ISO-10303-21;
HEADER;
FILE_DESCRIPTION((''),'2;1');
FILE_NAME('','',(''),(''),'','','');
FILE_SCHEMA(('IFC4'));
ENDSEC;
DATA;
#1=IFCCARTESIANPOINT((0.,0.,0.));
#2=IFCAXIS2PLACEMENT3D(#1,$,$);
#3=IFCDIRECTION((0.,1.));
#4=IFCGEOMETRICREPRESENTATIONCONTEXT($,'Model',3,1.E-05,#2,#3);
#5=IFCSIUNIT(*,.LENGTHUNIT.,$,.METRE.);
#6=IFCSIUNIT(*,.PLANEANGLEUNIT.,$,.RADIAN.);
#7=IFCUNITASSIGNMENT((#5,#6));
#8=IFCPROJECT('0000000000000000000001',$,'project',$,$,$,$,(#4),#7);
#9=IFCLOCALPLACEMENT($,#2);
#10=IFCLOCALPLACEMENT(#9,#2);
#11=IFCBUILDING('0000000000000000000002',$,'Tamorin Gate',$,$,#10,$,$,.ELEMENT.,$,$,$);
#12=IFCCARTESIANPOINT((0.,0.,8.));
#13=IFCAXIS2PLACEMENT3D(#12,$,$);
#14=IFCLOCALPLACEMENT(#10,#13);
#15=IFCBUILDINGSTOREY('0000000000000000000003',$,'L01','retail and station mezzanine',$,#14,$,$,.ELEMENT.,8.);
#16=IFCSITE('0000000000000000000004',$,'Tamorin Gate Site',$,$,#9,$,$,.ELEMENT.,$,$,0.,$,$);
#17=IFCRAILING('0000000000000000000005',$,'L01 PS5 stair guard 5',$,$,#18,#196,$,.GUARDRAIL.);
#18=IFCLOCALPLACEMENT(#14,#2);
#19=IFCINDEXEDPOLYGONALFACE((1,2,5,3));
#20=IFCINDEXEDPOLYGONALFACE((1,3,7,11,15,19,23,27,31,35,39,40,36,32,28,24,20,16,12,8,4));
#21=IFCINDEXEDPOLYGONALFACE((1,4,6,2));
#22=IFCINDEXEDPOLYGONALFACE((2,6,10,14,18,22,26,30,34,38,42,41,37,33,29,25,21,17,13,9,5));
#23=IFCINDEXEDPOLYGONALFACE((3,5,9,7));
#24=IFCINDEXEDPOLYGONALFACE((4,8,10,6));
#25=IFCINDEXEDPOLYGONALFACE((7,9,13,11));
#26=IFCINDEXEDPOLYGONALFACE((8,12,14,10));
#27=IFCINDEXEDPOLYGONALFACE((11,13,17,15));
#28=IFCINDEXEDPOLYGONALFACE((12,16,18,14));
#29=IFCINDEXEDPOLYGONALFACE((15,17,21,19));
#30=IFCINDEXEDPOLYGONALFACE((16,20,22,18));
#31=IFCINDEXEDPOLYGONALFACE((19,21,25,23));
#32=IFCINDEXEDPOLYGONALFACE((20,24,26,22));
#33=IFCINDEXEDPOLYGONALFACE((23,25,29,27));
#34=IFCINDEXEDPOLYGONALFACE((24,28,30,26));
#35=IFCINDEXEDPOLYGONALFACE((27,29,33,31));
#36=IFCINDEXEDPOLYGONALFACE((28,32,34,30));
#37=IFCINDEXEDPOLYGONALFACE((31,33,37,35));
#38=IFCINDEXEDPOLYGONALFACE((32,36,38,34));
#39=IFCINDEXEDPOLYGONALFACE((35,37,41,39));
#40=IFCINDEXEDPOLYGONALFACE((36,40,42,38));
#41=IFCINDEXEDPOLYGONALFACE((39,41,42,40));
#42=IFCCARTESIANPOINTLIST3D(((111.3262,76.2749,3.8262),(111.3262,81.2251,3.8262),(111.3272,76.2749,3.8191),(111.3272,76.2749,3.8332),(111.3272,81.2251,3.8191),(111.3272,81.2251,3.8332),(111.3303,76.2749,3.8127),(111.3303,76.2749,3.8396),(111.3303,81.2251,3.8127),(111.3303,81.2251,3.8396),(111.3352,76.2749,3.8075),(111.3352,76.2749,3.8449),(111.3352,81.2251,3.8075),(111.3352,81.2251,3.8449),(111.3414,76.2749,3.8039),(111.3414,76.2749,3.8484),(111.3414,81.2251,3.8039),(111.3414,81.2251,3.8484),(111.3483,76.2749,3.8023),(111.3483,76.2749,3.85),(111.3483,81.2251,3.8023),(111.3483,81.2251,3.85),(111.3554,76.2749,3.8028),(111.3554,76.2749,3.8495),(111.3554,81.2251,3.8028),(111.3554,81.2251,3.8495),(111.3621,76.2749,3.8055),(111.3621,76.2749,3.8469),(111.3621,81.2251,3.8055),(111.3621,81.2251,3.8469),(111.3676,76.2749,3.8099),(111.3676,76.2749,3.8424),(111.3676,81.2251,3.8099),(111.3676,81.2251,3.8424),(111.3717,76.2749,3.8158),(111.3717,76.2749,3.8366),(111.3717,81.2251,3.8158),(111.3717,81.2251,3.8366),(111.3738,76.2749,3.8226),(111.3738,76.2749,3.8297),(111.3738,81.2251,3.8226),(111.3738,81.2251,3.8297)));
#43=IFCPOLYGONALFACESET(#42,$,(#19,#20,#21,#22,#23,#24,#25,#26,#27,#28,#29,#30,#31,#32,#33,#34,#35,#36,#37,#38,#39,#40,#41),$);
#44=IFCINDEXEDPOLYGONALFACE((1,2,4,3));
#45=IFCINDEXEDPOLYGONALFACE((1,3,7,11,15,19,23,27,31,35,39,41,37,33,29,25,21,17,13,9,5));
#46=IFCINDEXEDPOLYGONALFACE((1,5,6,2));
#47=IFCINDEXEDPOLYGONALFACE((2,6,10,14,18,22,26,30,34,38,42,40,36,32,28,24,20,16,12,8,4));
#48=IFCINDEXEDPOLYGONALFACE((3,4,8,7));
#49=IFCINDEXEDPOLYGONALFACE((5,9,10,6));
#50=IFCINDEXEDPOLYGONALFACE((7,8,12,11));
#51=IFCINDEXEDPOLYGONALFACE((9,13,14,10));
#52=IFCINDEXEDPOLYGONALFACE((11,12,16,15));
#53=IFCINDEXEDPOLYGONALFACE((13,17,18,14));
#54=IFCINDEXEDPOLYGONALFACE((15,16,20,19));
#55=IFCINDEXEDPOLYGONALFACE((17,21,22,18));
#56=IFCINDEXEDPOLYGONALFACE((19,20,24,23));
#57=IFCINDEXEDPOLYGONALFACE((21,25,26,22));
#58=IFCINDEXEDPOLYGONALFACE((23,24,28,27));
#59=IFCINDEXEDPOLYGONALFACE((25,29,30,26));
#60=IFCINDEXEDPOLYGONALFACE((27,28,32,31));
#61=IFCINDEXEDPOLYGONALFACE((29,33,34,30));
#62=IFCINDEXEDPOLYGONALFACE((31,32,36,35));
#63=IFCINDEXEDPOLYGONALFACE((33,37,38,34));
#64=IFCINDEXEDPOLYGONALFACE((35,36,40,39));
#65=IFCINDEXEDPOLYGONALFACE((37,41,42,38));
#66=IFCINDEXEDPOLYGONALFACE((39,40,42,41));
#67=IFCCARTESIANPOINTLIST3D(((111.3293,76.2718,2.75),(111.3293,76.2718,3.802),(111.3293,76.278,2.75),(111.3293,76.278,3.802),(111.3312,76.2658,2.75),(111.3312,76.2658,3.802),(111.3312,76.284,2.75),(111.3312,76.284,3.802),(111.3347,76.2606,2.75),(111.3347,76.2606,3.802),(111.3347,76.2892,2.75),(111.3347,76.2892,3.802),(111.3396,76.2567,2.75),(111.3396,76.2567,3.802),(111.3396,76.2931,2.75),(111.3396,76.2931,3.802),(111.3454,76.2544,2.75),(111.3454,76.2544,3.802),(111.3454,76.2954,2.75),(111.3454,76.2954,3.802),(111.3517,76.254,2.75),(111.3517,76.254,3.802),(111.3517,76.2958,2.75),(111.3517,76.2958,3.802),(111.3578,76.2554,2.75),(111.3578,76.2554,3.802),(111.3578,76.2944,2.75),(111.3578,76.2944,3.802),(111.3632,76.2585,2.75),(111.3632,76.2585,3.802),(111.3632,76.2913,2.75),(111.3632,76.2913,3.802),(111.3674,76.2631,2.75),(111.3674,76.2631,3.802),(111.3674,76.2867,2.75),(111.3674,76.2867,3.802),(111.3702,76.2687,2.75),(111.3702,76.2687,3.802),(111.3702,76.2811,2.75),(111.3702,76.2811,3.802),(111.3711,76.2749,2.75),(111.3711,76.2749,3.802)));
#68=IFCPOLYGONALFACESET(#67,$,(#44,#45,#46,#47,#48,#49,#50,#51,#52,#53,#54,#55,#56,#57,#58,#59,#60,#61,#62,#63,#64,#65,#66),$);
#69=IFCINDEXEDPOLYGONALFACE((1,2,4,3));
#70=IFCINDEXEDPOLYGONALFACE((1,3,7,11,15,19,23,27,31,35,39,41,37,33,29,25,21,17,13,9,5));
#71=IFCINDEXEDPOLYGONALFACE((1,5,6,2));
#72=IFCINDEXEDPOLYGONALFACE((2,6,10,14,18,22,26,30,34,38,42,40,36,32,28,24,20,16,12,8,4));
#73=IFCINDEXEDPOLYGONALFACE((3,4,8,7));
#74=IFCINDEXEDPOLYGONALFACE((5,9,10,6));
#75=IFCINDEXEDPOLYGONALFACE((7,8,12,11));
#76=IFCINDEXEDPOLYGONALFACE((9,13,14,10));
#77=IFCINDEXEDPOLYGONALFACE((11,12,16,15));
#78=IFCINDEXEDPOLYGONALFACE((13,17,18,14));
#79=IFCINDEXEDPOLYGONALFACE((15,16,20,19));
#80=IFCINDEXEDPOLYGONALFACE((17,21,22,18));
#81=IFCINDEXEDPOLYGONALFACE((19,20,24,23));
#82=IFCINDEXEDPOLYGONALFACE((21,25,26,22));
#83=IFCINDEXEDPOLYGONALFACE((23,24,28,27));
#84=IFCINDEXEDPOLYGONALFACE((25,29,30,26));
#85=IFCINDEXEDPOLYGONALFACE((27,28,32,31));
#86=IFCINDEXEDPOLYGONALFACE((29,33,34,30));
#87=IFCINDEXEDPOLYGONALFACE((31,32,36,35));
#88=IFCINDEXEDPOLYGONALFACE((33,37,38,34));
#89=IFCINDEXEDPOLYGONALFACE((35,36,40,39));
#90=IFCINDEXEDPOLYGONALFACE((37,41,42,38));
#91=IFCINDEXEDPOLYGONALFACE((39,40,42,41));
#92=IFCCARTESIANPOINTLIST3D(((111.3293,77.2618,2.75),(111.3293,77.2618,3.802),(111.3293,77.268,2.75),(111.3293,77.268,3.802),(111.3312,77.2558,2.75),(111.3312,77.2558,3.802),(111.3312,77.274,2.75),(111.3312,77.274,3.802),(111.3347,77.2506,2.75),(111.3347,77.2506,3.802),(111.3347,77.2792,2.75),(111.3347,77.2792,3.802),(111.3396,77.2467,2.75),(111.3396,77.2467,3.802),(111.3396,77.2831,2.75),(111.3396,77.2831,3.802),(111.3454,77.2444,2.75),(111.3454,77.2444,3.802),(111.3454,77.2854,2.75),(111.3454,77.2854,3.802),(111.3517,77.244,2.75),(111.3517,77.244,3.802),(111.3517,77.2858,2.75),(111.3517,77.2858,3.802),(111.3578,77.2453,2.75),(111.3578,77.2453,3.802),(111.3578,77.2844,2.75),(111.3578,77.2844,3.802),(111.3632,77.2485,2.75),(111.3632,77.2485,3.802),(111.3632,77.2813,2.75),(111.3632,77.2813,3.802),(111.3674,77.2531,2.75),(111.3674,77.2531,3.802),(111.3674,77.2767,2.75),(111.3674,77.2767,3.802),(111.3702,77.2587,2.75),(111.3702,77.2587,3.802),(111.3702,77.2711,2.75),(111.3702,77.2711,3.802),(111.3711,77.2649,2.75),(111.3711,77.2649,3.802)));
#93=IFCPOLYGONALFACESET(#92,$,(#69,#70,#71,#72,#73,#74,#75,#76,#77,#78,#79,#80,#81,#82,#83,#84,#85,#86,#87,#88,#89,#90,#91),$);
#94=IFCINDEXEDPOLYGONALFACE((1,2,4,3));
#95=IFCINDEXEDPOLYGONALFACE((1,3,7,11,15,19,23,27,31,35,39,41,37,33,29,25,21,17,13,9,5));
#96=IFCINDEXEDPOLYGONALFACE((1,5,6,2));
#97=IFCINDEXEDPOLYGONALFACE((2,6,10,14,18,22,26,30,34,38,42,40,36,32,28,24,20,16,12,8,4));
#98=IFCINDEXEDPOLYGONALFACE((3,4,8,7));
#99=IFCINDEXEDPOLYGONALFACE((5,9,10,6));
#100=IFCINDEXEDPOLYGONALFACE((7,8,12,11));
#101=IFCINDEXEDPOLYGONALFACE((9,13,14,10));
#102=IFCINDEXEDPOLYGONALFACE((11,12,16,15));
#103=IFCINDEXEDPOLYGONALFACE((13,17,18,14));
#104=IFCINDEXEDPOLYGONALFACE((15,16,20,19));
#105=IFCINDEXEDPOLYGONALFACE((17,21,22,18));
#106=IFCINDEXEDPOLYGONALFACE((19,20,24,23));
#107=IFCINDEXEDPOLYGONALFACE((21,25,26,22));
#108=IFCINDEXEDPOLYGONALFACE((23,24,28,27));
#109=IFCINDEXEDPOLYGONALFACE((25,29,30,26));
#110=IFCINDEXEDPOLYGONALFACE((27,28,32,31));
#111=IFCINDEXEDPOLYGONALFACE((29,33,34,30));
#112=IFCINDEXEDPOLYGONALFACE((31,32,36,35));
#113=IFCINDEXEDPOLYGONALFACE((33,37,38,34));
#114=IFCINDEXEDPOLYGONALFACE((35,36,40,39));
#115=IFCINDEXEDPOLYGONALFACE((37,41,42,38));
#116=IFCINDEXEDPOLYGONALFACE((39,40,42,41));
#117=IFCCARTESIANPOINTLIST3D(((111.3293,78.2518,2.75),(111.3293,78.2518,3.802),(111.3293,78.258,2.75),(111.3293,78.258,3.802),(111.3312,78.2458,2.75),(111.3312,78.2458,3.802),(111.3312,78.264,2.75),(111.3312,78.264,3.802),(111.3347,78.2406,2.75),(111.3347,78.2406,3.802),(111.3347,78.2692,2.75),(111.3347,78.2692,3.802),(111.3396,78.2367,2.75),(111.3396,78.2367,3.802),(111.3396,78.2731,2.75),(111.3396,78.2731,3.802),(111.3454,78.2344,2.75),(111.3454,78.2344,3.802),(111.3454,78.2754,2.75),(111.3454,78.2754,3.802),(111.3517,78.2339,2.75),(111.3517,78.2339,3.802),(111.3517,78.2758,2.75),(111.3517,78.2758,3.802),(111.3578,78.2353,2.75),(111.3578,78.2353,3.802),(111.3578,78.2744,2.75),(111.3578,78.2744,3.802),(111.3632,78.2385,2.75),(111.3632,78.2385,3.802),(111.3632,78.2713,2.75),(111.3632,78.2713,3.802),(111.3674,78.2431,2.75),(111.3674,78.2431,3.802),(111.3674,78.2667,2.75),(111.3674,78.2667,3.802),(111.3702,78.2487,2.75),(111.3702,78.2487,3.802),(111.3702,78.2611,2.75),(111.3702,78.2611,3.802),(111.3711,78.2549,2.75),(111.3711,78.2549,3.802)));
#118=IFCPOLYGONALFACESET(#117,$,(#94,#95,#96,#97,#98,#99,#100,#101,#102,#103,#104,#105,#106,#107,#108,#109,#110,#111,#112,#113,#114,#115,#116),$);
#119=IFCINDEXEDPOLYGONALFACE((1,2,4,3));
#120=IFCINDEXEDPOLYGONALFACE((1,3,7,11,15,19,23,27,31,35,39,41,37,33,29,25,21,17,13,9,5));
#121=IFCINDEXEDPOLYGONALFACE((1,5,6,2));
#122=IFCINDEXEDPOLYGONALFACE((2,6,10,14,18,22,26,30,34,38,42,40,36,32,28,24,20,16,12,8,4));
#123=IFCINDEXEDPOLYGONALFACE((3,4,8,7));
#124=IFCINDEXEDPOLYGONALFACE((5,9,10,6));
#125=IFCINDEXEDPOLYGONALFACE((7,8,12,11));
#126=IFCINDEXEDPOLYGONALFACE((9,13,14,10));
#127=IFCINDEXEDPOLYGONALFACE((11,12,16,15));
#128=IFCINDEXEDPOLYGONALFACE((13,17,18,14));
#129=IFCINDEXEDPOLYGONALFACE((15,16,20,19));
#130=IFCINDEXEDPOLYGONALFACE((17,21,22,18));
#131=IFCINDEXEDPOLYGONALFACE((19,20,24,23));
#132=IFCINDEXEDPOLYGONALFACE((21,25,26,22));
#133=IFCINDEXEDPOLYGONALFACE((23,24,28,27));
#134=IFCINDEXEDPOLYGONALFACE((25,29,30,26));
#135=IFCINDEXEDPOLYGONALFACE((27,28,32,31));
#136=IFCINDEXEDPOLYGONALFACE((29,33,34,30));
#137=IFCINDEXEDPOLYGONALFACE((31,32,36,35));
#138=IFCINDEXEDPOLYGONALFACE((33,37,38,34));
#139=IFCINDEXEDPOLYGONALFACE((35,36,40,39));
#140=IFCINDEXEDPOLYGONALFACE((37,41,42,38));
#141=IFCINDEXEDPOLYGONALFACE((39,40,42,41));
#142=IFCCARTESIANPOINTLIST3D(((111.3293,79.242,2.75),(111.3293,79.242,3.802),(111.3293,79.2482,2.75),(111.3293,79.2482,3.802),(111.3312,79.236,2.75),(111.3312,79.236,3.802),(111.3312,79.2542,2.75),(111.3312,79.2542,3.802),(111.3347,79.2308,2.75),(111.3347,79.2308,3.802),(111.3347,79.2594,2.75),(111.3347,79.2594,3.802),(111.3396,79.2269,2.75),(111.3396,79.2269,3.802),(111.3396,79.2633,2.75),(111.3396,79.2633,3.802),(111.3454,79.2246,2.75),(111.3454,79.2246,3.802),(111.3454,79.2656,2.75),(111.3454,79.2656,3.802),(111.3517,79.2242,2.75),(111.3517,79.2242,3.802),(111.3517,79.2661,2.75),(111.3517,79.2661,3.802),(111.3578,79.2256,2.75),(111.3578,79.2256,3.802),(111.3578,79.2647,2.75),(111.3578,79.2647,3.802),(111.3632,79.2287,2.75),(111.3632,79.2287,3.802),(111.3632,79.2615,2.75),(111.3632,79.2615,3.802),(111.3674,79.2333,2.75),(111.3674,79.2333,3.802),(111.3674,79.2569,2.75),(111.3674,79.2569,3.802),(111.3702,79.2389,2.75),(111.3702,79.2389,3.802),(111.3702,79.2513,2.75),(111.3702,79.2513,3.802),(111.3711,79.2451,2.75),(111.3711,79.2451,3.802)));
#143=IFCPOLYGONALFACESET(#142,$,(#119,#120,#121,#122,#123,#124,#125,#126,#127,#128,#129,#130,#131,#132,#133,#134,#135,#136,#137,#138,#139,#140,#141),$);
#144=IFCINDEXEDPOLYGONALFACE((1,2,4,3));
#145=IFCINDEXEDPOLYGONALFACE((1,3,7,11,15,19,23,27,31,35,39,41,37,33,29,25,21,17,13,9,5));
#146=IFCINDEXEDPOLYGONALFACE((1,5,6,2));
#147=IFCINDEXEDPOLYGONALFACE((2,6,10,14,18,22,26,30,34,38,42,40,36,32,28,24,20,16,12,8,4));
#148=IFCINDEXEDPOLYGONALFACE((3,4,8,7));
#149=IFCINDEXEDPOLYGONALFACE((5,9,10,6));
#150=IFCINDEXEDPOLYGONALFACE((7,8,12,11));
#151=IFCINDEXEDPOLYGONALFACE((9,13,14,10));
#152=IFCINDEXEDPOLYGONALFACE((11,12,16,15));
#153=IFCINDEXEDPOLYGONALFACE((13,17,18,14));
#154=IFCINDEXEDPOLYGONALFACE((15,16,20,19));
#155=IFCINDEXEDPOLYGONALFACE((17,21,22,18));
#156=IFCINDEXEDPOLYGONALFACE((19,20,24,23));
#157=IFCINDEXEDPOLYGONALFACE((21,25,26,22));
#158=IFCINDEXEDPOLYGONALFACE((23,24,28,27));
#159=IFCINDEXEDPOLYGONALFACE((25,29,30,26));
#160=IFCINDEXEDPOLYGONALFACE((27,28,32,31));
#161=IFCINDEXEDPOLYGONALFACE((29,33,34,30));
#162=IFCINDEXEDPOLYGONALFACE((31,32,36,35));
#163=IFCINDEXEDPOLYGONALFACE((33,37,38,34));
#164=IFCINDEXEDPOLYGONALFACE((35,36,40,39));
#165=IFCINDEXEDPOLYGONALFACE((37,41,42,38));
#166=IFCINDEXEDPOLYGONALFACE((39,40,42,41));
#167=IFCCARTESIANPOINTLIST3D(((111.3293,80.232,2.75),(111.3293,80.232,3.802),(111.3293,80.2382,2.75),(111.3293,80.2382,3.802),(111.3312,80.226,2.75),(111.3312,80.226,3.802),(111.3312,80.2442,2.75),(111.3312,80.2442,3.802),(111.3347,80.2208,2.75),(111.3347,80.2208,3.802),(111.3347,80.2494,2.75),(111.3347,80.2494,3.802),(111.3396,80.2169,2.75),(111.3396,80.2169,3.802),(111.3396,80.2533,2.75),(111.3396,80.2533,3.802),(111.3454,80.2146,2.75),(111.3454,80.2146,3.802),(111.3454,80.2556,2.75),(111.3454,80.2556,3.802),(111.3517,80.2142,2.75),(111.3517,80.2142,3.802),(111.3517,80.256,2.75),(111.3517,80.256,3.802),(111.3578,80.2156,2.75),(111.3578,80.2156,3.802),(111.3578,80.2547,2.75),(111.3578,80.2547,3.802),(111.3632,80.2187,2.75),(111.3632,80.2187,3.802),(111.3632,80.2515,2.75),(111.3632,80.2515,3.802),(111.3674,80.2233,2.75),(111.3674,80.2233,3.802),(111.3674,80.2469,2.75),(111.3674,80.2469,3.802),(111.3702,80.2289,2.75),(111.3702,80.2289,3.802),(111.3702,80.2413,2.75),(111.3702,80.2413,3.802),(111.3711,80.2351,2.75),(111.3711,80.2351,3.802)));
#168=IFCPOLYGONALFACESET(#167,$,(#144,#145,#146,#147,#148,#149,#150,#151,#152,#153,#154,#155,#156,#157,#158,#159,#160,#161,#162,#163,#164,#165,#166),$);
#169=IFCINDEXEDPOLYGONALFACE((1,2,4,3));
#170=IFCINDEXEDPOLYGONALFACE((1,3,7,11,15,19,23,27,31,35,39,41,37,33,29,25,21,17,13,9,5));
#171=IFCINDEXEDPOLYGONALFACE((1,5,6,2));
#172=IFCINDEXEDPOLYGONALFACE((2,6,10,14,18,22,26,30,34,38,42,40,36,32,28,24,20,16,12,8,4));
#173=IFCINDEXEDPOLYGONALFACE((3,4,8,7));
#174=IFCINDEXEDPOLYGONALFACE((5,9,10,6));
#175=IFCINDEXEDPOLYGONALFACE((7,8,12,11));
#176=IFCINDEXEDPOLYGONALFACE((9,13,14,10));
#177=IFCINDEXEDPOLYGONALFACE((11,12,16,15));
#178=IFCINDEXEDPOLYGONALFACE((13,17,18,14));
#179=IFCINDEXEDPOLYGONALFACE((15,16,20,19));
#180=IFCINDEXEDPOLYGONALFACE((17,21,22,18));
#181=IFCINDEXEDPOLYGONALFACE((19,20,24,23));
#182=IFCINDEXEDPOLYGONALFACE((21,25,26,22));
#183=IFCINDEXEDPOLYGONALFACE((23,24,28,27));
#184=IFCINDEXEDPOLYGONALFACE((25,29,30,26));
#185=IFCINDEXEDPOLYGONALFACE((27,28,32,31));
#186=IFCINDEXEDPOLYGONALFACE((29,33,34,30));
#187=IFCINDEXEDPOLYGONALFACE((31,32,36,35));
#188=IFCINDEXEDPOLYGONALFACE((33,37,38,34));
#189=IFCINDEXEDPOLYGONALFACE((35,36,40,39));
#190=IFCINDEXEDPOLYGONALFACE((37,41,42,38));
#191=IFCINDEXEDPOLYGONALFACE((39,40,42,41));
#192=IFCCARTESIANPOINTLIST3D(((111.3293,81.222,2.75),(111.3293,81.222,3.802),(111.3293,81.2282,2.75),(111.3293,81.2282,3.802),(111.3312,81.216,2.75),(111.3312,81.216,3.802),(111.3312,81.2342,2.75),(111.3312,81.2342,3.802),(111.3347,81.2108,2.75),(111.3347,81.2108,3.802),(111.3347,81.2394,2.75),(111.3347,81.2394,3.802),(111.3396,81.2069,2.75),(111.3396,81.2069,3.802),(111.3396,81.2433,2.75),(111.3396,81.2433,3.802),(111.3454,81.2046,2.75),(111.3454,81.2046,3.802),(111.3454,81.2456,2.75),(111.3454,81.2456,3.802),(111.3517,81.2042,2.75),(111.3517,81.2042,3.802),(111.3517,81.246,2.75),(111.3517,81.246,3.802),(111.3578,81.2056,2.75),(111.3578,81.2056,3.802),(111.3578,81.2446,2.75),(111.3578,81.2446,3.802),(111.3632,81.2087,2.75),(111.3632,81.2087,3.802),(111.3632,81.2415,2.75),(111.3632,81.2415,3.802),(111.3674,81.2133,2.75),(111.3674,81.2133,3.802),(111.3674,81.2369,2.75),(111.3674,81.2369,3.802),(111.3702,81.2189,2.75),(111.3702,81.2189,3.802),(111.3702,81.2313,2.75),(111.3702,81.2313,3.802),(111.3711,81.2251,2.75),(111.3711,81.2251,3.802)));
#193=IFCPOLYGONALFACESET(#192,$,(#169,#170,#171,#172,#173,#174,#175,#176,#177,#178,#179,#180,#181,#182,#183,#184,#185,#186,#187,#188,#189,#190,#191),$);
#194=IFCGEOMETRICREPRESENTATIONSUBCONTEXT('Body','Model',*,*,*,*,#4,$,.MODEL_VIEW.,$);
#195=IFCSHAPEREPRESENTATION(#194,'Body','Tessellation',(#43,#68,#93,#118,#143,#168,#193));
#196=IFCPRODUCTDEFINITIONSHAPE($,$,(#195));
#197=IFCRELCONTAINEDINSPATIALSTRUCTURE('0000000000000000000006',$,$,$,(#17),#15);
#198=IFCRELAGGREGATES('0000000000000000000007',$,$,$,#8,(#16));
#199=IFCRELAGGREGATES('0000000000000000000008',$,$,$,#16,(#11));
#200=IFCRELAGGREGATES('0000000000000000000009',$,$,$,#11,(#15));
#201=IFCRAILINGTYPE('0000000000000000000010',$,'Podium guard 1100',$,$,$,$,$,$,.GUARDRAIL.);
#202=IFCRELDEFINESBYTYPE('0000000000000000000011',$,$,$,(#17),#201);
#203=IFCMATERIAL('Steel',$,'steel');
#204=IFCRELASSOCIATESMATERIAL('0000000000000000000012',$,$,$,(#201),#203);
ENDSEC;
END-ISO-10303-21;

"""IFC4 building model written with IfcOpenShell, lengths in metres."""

from ifc_helpers import new_model, si_unit, direction, frame, origin, origin_2d, place, context, subcontext, project, spatial, circle, extrude, material, type_object, element, save


model = new_model("IFC4")

# Units and contexts
model_context = context("Model", 3, precision=1e-05, world=origin(), true_north=direction((0.0, 1.0)))
body_context = subcontext(model_context, "Body", "Model", "MODEL_VIEW")
ifc_project = project(units=[si_unit("LENGTHUNIT", "METRE"), si_unit("PLANEANGLEUNIT", "RADIAN")], contexts=[model_context])

# Site, building, storey
site_placement = place(None, origin())
site = spatial("IfcSite", under=ifc_project, at=site_placement, Name="Tamorin Gate Site", CompositionType="ELEMENT", RefElevation=0.0)
building_placement = place(site_placement, origin())
building = spatial("IfcBuilding", under=site, at=building_placement, Name="Tamorin Gate", CompositionType="ELEMENT")
storey_placement = place(building_placement, frame((0.0, 0.0, 8.0)))
storey = spatial("IfcBuildingStorey", under=building, at=storey_placement, Name="L01", Description="retail and station mezzanine", CompositionType="ELEMENT", Elevation=8.0)

# Railing
ifc_material_1 = material(Name="Steel", Category="steel")
railing_type = type_object("IfcRailingType", Name="Podium guard 1100", PredefinedType="GUARDRAIL", material=ifc_material_1)
railing_1_placement = place(storey_placement, frame((111.3501, 76.2749, 2.75)))
element("IfcRailing", 1, at=railing_1_placement, inside=storey, type_object=railing_type, Name="L01 PS5 stair guard 5", PredefinedType="GUARDRAIL", context=body_context, shape_type="SweptSolid", body=[
    extrude(circle(Radius=0.0239, at=origin_2d()), frame((0.0, 0.0, 1.0762), z_axis=(0.0, 1.0, 0.0), x_axis=(-1.0, 0.0, 0.0)), (0.0, 0.0, 1.0), 4.9502),
    extrude(circle(Radius=0.021, at=origin_2d()), origin(), (0.0, 0.0, 1.0), 1.052),
    extrude(circle(Radius=0.021, at=origin_2d()), frame((0.0, 0.99, 0.0)), (0.0, 0.0, 1.0), 1.052),
    extrude(circle(Radius=0.021, at=origin_2d()), frame((0.0, 1.98, 0.0)), (0.0, 0.0, 1.0), 1.052),
    extrude(circle(Radius=0.021, at=origin_2d()), frame((0.0, 2.9702, 0.0)), (0.0, 0.0, 1.0), 1.052),
    extrude(circle(Radius=0.021, at=origin_2d()), frame((0.0, 3.9602, 0.0)), (0.0, 0.0, 1.0), 1.052),
    extrude(circle(Radius=0.021, at=origin_2d()), frame((0.0, 4.9502, 0.0)), (0.0, 0.0, 1.0), 1.052),
])

save(model, "model.ifc")
